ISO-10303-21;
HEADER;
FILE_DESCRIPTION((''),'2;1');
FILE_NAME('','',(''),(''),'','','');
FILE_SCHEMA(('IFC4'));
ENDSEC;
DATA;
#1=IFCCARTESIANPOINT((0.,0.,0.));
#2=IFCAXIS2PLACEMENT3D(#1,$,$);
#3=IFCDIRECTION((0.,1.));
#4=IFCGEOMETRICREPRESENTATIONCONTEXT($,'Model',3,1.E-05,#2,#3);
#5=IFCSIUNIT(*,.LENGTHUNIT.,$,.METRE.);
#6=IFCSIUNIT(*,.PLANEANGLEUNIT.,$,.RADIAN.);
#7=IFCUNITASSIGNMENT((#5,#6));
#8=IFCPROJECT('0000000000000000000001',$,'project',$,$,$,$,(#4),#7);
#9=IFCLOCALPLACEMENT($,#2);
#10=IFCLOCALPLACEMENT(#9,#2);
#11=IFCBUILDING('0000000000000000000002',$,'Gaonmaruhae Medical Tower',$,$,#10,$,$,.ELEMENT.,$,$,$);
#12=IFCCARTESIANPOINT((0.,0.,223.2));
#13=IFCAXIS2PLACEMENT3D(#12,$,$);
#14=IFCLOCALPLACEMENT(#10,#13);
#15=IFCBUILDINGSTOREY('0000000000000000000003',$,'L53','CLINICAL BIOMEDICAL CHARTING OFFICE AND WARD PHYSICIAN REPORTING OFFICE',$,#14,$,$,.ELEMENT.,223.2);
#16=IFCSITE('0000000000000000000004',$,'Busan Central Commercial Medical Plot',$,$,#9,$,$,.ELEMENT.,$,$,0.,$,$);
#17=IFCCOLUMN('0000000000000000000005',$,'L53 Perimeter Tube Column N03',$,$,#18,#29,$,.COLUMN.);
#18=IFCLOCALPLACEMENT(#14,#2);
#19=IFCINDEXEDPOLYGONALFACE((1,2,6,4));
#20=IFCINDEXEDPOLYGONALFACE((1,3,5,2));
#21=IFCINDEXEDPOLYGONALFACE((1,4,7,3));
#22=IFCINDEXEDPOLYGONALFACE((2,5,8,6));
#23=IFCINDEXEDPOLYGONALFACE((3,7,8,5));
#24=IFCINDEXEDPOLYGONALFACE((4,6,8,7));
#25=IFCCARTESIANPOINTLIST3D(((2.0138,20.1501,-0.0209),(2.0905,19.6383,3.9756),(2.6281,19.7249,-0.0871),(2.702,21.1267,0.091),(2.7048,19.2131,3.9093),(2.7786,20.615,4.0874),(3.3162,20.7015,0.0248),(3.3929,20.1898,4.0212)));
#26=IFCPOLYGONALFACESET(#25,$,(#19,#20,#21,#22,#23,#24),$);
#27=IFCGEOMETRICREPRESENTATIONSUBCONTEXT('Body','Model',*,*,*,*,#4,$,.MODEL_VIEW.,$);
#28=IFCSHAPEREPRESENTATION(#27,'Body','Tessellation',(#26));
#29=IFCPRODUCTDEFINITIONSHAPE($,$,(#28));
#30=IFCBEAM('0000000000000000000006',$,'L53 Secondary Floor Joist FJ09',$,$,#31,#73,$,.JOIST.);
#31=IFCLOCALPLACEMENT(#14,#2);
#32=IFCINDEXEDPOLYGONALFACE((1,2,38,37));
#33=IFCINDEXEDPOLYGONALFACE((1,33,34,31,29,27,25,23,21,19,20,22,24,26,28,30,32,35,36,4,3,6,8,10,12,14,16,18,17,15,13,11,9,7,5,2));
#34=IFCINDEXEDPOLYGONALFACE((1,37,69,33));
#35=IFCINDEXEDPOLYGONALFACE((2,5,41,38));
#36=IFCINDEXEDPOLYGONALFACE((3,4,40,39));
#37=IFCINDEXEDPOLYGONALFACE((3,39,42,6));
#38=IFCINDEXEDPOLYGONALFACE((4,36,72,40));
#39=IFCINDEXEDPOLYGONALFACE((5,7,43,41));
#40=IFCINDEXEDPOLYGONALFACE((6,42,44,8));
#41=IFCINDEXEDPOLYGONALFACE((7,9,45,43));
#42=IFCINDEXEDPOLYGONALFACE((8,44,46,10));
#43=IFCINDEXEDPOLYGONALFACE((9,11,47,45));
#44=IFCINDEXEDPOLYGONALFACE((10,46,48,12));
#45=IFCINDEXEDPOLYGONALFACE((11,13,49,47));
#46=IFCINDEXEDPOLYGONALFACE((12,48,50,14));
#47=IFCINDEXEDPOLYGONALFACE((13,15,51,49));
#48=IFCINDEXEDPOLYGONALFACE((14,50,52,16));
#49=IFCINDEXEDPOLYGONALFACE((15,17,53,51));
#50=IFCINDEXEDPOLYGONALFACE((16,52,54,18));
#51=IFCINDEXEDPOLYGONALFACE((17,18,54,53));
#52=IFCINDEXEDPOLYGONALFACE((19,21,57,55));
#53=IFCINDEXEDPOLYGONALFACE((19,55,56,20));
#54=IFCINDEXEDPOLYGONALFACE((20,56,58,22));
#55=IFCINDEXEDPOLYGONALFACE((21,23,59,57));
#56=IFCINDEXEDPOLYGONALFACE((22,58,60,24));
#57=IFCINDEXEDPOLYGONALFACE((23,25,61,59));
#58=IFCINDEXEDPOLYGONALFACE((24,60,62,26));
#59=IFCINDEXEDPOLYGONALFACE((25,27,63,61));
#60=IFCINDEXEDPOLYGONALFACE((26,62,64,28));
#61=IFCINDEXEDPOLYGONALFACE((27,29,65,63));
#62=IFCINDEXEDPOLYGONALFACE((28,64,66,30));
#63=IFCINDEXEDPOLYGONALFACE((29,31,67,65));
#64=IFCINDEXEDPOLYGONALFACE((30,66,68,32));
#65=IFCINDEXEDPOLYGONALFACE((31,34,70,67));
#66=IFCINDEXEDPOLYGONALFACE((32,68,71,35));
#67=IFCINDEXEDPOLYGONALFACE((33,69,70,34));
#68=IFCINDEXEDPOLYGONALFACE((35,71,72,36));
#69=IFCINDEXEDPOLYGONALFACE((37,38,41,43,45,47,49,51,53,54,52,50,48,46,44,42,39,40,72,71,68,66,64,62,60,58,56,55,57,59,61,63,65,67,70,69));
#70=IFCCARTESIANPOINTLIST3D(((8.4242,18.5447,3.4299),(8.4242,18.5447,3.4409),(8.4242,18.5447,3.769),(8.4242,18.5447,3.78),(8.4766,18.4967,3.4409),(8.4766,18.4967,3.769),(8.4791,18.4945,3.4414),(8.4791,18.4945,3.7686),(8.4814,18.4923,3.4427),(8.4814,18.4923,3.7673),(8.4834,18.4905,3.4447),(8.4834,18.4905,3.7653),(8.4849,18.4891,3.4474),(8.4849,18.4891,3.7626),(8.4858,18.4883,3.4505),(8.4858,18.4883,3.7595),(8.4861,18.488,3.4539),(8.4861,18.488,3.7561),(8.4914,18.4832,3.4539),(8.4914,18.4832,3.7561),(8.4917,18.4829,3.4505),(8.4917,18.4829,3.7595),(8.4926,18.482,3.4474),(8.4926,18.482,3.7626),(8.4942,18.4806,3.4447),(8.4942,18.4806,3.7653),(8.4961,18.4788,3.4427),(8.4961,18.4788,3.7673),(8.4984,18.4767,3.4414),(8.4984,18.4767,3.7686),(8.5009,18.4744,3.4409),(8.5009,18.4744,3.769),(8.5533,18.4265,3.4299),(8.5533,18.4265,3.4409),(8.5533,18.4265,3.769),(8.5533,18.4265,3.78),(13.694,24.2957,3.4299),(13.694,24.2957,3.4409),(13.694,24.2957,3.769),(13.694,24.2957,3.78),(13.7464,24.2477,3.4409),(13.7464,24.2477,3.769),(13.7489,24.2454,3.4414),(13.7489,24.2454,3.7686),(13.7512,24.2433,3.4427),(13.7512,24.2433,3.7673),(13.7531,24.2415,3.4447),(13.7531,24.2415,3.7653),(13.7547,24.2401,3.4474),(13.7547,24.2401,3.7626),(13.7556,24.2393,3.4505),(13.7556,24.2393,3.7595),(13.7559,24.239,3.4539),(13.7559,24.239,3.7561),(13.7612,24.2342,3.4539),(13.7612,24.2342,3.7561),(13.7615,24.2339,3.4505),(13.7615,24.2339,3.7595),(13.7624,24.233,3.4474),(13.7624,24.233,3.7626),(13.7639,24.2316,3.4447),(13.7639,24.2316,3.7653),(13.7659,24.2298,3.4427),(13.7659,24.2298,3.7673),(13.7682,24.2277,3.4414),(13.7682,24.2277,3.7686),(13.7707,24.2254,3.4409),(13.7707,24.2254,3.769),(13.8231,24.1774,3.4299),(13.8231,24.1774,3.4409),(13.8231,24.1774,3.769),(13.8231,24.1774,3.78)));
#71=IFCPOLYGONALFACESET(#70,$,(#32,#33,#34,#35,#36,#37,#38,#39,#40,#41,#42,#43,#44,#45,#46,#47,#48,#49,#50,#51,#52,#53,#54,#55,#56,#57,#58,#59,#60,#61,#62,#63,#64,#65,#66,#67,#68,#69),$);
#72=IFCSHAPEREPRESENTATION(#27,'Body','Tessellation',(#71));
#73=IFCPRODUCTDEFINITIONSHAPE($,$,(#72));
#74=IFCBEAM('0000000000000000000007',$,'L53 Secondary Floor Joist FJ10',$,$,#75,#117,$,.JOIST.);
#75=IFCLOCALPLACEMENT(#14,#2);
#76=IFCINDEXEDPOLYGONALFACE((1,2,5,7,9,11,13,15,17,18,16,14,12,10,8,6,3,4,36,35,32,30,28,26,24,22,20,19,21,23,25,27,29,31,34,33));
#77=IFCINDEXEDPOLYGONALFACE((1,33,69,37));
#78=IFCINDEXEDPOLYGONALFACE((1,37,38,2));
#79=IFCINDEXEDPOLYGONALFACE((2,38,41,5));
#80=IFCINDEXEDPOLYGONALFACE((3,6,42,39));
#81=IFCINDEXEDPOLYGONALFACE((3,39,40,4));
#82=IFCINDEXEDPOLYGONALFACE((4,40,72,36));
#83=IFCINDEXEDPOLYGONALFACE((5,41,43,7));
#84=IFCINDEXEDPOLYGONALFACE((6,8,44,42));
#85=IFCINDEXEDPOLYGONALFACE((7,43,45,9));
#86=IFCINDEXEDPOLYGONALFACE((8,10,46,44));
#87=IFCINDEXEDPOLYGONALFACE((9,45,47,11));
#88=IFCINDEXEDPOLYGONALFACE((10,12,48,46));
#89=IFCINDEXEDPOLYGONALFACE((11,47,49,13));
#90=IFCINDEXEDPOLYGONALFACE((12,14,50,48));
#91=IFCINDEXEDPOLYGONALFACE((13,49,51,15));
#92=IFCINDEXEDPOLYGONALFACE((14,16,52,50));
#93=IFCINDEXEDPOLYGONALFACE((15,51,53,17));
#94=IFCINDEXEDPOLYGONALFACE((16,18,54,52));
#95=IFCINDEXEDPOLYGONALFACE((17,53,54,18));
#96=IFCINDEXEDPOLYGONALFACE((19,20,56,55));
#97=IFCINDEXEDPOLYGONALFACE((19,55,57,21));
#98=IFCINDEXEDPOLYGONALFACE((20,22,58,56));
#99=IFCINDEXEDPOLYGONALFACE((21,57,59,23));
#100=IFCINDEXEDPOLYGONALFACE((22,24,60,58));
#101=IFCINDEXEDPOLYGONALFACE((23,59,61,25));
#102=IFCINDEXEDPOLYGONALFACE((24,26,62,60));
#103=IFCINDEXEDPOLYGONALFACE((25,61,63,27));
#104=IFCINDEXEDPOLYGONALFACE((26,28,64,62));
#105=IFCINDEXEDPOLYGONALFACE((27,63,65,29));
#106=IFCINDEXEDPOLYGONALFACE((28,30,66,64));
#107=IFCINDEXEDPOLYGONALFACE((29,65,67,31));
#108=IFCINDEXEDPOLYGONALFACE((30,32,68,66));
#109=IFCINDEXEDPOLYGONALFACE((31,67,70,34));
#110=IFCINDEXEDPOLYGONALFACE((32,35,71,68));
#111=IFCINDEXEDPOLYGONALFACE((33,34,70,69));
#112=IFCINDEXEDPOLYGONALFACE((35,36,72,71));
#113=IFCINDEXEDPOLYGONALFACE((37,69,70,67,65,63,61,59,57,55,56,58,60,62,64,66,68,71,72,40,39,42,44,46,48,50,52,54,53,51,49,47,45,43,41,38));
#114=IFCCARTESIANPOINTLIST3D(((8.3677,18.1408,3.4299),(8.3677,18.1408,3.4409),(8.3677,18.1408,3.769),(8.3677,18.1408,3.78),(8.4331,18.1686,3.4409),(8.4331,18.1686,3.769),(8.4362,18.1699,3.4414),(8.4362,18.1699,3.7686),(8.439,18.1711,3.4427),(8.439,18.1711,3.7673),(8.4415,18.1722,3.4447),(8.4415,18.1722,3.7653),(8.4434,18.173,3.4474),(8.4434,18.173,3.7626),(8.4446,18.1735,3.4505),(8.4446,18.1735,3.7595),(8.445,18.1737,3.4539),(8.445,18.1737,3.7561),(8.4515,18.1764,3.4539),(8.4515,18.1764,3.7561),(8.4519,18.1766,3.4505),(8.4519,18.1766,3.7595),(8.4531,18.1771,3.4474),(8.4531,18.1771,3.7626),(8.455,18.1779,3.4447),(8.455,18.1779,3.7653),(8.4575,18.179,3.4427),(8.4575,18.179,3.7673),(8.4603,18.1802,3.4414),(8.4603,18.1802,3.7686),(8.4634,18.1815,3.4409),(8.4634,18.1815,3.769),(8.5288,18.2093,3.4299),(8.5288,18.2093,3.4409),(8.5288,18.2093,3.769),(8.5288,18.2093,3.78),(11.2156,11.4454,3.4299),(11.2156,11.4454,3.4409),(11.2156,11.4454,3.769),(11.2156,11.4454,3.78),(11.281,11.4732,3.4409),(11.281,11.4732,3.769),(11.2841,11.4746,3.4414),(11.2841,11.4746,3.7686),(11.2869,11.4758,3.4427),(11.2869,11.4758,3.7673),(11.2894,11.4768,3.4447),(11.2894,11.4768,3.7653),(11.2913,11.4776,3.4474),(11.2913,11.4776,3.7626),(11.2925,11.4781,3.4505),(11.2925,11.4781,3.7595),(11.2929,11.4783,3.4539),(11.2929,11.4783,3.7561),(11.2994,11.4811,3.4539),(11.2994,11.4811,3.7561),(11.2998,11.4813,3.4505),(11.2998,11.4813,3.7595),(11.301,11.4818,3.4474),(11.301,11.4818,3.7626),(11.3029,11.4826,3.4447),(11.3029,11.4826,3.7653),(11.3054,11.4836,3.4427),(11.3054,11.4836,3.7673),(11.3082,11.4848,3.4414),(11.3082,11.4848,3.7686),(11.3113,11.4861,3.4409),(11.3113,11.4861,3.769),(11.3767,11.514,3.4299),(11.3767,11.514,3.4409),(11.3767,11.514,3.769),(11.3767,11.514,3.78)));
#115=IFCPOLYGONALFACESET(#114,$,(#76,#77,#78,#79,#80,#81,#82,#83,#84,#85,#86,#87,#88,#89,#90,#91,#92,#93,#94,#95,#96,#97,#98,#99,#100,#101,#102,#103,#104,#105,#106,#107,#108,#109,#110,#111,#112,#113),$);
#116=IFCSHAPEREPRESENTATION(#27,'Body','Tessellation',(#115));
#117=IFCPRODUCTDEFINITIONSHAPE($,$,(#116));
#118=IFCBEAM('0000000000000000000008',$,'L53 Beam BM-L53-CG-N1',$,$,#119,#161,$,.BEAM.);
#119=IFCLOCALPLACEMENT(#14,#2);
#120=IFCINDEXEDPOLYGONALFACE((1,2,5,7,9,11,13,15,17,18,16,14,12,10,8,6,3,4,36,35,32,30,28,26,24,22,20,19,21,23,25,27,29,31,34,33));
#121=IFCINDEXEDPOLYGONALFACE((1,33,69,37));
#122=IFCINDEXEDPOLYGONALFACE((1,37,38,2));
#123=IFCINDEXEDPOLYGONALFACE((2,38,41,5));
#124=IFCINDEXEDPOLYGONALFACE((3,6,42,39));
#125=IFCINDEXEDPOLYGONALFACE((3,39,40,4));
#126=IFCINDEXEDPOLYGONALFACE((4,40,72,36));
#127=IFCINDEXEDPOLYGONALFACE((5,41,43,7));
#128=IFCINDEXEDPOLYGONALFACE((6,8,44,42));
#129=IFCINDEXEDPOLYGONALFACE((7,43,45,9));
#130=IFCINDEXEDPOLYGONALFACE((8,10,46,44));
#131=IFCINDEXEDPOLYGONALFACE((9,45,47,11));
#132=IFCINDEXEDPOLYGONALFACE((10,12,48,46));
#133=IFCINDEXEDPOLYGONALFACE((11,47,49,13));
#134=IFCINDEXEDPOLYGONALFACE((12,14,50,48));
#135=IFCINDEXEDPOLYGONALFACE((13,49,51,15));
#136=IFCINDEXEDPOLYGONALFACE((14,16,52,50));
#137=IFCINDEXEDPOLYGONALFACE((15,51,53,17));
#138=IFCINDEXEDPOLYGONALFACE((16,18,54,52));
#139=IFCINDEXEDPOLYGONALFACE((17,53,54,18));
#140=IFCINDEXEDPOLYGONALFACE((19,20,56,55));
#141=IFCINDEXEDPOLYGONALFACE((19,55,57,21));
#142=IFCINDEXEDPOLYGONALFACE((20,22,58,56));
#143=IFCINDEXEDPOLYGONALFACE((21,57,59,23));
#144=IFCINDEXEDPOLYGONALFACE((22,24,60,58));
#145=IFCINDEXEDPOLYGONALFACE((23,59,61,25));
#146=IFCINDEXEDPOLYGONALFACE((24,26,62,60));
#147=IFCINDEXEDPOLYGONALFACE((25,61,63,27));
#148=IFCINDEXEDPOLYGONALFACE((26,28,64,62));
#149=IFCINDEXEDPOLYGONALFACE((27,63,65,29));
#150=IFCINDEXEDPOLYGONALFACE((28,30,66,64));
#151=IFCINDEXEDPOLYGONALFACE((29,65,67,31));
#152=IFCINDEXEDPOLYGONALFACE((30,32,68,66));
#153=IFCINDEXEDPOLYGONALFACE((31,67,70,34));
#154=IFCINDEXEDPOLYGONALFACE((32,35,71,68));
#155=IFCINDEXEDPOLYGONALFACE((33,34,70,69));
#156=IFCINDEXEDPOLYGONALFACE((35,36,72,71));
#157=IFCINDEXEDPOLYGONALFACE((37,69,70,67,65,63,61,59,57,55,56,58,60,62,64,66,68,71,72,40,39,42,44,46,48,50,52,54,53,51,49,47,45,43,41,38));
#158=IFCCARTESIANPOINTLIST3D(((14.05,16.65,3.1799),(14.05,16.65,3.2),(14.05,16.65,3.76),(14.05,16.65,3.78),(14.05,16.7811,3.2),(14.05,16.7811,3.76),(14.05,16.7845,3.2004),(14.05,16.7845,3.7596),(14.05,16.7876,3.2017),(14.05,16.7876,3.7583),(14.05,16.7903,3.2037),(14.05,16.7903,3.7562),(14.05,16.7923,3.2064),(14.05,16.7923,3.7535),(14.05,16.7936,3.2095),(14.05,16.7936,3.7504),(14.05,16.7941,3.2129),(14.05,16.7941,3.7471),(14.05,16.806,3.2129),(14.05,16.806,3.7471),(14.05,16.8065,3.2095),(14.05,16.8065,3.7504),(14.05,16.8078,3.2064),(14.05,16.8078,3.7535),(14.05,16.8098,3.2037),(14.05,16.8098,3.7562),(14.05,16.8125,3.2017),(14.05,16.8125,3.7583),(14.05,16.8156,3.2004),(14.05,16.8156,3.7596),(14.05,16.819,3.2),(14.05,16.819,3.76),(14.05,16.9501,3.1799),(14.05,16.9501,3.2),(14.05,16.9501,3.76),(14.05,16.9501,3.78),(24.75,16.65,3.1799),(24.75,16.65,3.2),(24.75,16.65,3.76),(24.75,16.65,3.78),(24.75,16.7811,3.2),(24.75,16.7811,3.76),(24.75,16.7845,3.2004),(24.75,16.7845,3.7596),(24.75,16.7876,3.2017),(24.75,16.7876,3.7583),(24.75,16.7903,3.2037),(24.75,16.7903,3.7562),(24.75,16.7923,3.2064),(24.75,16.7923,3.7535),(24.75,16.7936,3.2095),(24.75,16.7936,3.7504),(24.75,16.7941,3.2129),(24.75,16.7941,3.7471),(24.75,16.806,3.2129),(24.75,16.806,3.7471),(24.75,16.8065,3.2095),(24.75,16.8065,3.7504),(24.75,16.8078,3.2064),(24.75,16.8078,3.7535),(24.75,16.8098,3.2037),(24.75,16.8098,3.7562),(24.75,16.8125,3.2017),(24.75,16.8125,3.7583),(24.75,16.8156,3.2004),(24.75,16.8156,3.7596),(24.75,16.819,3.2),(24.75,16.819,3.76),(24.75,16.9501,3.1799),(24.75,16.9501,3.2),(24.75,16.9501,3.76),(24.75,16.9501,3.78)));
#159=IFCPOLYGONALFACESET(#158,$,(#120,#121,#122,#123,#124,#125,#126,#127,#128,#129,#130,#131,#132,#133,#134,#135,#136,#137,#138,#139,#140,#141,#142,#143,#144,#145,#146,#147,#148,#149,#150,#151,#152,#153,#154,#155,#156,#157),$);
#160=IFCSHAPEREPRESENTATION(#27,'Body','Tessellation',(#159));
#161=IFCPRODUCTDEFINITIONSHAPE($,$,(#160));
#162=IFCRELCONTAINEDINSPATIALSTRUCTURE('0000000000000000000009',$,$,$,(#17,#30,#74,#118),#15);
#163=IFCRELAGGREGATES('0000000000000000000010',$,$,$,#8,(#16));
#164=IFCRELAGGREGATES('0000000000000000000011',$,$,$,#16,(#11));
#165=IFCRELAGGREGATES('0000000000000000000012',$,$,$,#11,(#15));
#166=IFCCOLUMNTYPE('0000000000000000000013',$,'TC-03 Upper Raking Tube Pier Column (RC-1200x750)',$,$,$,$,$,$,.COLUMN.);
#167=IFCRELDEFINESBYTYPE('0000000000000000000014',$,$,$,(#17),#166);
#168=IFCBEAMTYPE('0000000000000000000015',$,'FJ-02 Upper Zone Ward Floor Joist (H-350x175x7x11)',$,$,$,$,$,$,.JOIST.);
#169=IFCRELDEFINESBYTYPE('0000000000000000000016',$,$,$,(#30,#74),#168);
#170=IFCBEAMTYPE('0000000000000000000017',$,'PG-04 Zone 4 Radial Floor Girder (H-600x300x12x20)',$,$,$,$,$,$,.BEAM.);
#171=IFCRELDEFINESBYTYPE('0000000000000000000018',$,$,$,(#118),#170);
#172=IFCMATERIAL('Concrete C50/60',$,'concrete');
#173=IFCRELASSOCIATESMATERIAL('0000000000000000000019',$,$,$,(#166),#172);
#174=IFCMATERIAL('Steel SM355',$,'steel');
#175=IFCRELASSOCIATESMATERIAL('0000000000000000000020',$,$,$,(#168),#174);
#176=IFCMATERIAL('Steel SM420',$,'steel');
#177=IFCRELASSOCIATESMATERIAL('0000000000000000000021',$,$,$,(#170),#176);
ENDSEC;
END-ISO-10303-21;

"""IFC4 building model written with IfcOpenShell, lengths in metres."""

from ifc_helpers import new_model, si_unit, direction, frame, origin, origin_2d, place, context, subcontext, project, spatial, rectangle, i_section, extrude, material, material_profile, profile_set, type_object, element, save


model = new_model("IFC4")

# Units and contexts
model_context = context("Model", 3, precision=1e-05, world=origin(), true_north=direction((0.0, 1.0)))
body_context = subcontext(model_context, "Body", "Model", "MODEL_VIEW")
ifc_project = project(units=[si_unit("LENGTHUNIT", "METRE"), si_unit("PLANEANGLEUNIT", "RADIAN")], contexts=[model_context])

# Site, building, storey
site_placement = place(None, origin())
site = spatial("IfcSite", under=ifc_project, at=site_placement, Name="Busan Central Commercial Medical Plot", CompositionType="ELEMENT", RefElevation=0.0)
building_placement = place(site_placement, origin())
building = spatial("IfcBuilding", under=site, at=building_placement, Name="Gaonmaruhae Medical Tower", CompositionType="ELEMENT")
storey_placement = place(building_placement, frame((0.0, 0.0, 223.2)))
storey = spatial("IfcBuildingStorey", under=building, at=storey_placement, Name="L53", Description="CLINICAL BIOMEDICAL CHARTING OFFICE AND WARD PHYSICIAN REPORTING OFFICE", CompositionType="ELEMENT", Elevation=223.2)

# Column
ifc_material_1 = material(Name="Concrete C50/60", Category="concrete")
ifc_material_profile_1 = material_profile(ifc_material_1, rectangle(XDim=1.2, YDim=0.75, at=origin_2d()), Name="RC-1200x750")
ifc_profile_set_1 = profile_set([ifc_material_profile_1], Name="Concrete C50/60")
column_type = type_object("IfcColumnType", Name="TC-03 Upper Raking Tube Pier Column (RC-1200x750)", PredefinedType="COLUMN", material=ifc_profile_set_1)
column_placement = place(storey_placement, frame((2.665, 20.4258, 0.002), z_axis=(0.019024, -0.126987, 0.991722), x_axis=(0.573465, 0.81391, 0.093218)))
element("IfcColumn", 1, at=column_placement, inside=storey, type_object=column_type, Name="L53 Perimeter Tube Column N03", PredefinedType="COLUMN", context=body_context, shape_type="SweptSolid", body=[
    extrude(rectangle(XDim=1.2, YDim=0.75, at=origin_2d()), origin(), (0.0, 0.0, 1.0), 4.0298),
])

# Beams
ifc_material_2 = material(Name="Steel SM355", Category="steel")
ifc_material_profile_2 = material_profile(ifc_material_2, i_section(OverallWidth=0.175, OverallDepth=0.3501, WebThickness=0.0071, FlangeThickness=0.011, FilletRadius=0.0129, at=origin_2d()), Name="H-350x175x7x11")
ifc_profile_set_2 = profile_set([ifc_material_profile_2], Name="Steel SM355")
beam_type_1 = type_object("IfcBeamType", Name="FJ-02 Upper Zone Ward Floor Joist (H-350x175x7x11)", PredefinedType="JOIST", material=ifc_profile_set_2)
beam_1_placement = place(storey_placement, frame((13.7585, 24.2366, 3.605), z_axis=(-0.675589, -0.737279, 0.0), x_axis=(0.737279, -0.675589, 0.0)))
element("IfcBeam", 2, at=beam_1_placement, inside=storey, type_object=beam_type_1, Name="L53 Secondary Floor Joist FJ09", PredefinedType="JOIST", context=body_context, shape_type="SweptSolid", body=[
    extrude(i_section(OverallWidth=0.175, OverallDepth=0.3501, WebThickness=0.0071, FlangeThickness=0.011, FilletRadius=0.0129, at=origin_2d()), origin(), (0.0, 0.0, 1.0), 7.8003),
])
beam_2_placement = place(storey_placement, frame((8.4482, 18.175, 3.605), z_axis=(0.391419, -0.920213, 0.0), x_axis=(0.920213, 0.391419, 0.0)))
element("IfcBeam", 3, at=beam_2_placement, inside=storey, type_object=beam_type_1, Name="L53 Secondary Floor Joist FJ10", PredefinedType="JOIST", context=body_context, shape_type="SweptSolid", body=[
    extrude(i_section(OverallWidth=0.175, OverallDepth=0.3501, WebThickness=0.0071, FlangeThickness=0.011, FilletRadius=0.0129, at=origin_2d()), origin(), (0.0, 0.0, 1.0), 7.2759),
])
ifc_material_3 = material(Name="Steel SM420", Category="steel")
ifc_material_profile_3 = material_profile(ifc_material_3, i_section(OverallWidth=0.3, OverallDepth=0.6001, WebThickness=0.012, FlangeThickness=0.02, FilletRadius=0.0129, at=origin_2d()), Name="H-600x300x12x20")
ifc_profile_set_3 = profile_set([ifc_material_profile_3], Name="Steel SM420")
beam_type_2 = type_object("IfcBeamType", Name="PG-04 Zone 4 Radial Floor Girder (H-600x300x12x20)", PredefinedType="BEAM", material=ifc_profile_set_3)
beam_3_placement = place(storey_placement, frame((14.05, 16.8, 3.48), z_axis=(1.0, 0.0, 0.0), x_axis=(0.0, 1.0, 0.0)))
element("IfcBeam", 4, at=beam_3_placement, inside=storey, type_object=beam_type_2, Name="L53 Beam BM-L53-CG-N1", PredefinedType="BEAM", context=body_context, shape_type="SweptSolid", body=[
    extrude(i_section(OverallWidth=0.3, OverallDepth=0.6001, WebThickness=0.012, FlangeThickness=0.02, FilletRadius=0.0129, at=origin_2d()), origin(), (0.0, 0.0, 1.0), 10.7),
])

save(model, "model.ifc")
